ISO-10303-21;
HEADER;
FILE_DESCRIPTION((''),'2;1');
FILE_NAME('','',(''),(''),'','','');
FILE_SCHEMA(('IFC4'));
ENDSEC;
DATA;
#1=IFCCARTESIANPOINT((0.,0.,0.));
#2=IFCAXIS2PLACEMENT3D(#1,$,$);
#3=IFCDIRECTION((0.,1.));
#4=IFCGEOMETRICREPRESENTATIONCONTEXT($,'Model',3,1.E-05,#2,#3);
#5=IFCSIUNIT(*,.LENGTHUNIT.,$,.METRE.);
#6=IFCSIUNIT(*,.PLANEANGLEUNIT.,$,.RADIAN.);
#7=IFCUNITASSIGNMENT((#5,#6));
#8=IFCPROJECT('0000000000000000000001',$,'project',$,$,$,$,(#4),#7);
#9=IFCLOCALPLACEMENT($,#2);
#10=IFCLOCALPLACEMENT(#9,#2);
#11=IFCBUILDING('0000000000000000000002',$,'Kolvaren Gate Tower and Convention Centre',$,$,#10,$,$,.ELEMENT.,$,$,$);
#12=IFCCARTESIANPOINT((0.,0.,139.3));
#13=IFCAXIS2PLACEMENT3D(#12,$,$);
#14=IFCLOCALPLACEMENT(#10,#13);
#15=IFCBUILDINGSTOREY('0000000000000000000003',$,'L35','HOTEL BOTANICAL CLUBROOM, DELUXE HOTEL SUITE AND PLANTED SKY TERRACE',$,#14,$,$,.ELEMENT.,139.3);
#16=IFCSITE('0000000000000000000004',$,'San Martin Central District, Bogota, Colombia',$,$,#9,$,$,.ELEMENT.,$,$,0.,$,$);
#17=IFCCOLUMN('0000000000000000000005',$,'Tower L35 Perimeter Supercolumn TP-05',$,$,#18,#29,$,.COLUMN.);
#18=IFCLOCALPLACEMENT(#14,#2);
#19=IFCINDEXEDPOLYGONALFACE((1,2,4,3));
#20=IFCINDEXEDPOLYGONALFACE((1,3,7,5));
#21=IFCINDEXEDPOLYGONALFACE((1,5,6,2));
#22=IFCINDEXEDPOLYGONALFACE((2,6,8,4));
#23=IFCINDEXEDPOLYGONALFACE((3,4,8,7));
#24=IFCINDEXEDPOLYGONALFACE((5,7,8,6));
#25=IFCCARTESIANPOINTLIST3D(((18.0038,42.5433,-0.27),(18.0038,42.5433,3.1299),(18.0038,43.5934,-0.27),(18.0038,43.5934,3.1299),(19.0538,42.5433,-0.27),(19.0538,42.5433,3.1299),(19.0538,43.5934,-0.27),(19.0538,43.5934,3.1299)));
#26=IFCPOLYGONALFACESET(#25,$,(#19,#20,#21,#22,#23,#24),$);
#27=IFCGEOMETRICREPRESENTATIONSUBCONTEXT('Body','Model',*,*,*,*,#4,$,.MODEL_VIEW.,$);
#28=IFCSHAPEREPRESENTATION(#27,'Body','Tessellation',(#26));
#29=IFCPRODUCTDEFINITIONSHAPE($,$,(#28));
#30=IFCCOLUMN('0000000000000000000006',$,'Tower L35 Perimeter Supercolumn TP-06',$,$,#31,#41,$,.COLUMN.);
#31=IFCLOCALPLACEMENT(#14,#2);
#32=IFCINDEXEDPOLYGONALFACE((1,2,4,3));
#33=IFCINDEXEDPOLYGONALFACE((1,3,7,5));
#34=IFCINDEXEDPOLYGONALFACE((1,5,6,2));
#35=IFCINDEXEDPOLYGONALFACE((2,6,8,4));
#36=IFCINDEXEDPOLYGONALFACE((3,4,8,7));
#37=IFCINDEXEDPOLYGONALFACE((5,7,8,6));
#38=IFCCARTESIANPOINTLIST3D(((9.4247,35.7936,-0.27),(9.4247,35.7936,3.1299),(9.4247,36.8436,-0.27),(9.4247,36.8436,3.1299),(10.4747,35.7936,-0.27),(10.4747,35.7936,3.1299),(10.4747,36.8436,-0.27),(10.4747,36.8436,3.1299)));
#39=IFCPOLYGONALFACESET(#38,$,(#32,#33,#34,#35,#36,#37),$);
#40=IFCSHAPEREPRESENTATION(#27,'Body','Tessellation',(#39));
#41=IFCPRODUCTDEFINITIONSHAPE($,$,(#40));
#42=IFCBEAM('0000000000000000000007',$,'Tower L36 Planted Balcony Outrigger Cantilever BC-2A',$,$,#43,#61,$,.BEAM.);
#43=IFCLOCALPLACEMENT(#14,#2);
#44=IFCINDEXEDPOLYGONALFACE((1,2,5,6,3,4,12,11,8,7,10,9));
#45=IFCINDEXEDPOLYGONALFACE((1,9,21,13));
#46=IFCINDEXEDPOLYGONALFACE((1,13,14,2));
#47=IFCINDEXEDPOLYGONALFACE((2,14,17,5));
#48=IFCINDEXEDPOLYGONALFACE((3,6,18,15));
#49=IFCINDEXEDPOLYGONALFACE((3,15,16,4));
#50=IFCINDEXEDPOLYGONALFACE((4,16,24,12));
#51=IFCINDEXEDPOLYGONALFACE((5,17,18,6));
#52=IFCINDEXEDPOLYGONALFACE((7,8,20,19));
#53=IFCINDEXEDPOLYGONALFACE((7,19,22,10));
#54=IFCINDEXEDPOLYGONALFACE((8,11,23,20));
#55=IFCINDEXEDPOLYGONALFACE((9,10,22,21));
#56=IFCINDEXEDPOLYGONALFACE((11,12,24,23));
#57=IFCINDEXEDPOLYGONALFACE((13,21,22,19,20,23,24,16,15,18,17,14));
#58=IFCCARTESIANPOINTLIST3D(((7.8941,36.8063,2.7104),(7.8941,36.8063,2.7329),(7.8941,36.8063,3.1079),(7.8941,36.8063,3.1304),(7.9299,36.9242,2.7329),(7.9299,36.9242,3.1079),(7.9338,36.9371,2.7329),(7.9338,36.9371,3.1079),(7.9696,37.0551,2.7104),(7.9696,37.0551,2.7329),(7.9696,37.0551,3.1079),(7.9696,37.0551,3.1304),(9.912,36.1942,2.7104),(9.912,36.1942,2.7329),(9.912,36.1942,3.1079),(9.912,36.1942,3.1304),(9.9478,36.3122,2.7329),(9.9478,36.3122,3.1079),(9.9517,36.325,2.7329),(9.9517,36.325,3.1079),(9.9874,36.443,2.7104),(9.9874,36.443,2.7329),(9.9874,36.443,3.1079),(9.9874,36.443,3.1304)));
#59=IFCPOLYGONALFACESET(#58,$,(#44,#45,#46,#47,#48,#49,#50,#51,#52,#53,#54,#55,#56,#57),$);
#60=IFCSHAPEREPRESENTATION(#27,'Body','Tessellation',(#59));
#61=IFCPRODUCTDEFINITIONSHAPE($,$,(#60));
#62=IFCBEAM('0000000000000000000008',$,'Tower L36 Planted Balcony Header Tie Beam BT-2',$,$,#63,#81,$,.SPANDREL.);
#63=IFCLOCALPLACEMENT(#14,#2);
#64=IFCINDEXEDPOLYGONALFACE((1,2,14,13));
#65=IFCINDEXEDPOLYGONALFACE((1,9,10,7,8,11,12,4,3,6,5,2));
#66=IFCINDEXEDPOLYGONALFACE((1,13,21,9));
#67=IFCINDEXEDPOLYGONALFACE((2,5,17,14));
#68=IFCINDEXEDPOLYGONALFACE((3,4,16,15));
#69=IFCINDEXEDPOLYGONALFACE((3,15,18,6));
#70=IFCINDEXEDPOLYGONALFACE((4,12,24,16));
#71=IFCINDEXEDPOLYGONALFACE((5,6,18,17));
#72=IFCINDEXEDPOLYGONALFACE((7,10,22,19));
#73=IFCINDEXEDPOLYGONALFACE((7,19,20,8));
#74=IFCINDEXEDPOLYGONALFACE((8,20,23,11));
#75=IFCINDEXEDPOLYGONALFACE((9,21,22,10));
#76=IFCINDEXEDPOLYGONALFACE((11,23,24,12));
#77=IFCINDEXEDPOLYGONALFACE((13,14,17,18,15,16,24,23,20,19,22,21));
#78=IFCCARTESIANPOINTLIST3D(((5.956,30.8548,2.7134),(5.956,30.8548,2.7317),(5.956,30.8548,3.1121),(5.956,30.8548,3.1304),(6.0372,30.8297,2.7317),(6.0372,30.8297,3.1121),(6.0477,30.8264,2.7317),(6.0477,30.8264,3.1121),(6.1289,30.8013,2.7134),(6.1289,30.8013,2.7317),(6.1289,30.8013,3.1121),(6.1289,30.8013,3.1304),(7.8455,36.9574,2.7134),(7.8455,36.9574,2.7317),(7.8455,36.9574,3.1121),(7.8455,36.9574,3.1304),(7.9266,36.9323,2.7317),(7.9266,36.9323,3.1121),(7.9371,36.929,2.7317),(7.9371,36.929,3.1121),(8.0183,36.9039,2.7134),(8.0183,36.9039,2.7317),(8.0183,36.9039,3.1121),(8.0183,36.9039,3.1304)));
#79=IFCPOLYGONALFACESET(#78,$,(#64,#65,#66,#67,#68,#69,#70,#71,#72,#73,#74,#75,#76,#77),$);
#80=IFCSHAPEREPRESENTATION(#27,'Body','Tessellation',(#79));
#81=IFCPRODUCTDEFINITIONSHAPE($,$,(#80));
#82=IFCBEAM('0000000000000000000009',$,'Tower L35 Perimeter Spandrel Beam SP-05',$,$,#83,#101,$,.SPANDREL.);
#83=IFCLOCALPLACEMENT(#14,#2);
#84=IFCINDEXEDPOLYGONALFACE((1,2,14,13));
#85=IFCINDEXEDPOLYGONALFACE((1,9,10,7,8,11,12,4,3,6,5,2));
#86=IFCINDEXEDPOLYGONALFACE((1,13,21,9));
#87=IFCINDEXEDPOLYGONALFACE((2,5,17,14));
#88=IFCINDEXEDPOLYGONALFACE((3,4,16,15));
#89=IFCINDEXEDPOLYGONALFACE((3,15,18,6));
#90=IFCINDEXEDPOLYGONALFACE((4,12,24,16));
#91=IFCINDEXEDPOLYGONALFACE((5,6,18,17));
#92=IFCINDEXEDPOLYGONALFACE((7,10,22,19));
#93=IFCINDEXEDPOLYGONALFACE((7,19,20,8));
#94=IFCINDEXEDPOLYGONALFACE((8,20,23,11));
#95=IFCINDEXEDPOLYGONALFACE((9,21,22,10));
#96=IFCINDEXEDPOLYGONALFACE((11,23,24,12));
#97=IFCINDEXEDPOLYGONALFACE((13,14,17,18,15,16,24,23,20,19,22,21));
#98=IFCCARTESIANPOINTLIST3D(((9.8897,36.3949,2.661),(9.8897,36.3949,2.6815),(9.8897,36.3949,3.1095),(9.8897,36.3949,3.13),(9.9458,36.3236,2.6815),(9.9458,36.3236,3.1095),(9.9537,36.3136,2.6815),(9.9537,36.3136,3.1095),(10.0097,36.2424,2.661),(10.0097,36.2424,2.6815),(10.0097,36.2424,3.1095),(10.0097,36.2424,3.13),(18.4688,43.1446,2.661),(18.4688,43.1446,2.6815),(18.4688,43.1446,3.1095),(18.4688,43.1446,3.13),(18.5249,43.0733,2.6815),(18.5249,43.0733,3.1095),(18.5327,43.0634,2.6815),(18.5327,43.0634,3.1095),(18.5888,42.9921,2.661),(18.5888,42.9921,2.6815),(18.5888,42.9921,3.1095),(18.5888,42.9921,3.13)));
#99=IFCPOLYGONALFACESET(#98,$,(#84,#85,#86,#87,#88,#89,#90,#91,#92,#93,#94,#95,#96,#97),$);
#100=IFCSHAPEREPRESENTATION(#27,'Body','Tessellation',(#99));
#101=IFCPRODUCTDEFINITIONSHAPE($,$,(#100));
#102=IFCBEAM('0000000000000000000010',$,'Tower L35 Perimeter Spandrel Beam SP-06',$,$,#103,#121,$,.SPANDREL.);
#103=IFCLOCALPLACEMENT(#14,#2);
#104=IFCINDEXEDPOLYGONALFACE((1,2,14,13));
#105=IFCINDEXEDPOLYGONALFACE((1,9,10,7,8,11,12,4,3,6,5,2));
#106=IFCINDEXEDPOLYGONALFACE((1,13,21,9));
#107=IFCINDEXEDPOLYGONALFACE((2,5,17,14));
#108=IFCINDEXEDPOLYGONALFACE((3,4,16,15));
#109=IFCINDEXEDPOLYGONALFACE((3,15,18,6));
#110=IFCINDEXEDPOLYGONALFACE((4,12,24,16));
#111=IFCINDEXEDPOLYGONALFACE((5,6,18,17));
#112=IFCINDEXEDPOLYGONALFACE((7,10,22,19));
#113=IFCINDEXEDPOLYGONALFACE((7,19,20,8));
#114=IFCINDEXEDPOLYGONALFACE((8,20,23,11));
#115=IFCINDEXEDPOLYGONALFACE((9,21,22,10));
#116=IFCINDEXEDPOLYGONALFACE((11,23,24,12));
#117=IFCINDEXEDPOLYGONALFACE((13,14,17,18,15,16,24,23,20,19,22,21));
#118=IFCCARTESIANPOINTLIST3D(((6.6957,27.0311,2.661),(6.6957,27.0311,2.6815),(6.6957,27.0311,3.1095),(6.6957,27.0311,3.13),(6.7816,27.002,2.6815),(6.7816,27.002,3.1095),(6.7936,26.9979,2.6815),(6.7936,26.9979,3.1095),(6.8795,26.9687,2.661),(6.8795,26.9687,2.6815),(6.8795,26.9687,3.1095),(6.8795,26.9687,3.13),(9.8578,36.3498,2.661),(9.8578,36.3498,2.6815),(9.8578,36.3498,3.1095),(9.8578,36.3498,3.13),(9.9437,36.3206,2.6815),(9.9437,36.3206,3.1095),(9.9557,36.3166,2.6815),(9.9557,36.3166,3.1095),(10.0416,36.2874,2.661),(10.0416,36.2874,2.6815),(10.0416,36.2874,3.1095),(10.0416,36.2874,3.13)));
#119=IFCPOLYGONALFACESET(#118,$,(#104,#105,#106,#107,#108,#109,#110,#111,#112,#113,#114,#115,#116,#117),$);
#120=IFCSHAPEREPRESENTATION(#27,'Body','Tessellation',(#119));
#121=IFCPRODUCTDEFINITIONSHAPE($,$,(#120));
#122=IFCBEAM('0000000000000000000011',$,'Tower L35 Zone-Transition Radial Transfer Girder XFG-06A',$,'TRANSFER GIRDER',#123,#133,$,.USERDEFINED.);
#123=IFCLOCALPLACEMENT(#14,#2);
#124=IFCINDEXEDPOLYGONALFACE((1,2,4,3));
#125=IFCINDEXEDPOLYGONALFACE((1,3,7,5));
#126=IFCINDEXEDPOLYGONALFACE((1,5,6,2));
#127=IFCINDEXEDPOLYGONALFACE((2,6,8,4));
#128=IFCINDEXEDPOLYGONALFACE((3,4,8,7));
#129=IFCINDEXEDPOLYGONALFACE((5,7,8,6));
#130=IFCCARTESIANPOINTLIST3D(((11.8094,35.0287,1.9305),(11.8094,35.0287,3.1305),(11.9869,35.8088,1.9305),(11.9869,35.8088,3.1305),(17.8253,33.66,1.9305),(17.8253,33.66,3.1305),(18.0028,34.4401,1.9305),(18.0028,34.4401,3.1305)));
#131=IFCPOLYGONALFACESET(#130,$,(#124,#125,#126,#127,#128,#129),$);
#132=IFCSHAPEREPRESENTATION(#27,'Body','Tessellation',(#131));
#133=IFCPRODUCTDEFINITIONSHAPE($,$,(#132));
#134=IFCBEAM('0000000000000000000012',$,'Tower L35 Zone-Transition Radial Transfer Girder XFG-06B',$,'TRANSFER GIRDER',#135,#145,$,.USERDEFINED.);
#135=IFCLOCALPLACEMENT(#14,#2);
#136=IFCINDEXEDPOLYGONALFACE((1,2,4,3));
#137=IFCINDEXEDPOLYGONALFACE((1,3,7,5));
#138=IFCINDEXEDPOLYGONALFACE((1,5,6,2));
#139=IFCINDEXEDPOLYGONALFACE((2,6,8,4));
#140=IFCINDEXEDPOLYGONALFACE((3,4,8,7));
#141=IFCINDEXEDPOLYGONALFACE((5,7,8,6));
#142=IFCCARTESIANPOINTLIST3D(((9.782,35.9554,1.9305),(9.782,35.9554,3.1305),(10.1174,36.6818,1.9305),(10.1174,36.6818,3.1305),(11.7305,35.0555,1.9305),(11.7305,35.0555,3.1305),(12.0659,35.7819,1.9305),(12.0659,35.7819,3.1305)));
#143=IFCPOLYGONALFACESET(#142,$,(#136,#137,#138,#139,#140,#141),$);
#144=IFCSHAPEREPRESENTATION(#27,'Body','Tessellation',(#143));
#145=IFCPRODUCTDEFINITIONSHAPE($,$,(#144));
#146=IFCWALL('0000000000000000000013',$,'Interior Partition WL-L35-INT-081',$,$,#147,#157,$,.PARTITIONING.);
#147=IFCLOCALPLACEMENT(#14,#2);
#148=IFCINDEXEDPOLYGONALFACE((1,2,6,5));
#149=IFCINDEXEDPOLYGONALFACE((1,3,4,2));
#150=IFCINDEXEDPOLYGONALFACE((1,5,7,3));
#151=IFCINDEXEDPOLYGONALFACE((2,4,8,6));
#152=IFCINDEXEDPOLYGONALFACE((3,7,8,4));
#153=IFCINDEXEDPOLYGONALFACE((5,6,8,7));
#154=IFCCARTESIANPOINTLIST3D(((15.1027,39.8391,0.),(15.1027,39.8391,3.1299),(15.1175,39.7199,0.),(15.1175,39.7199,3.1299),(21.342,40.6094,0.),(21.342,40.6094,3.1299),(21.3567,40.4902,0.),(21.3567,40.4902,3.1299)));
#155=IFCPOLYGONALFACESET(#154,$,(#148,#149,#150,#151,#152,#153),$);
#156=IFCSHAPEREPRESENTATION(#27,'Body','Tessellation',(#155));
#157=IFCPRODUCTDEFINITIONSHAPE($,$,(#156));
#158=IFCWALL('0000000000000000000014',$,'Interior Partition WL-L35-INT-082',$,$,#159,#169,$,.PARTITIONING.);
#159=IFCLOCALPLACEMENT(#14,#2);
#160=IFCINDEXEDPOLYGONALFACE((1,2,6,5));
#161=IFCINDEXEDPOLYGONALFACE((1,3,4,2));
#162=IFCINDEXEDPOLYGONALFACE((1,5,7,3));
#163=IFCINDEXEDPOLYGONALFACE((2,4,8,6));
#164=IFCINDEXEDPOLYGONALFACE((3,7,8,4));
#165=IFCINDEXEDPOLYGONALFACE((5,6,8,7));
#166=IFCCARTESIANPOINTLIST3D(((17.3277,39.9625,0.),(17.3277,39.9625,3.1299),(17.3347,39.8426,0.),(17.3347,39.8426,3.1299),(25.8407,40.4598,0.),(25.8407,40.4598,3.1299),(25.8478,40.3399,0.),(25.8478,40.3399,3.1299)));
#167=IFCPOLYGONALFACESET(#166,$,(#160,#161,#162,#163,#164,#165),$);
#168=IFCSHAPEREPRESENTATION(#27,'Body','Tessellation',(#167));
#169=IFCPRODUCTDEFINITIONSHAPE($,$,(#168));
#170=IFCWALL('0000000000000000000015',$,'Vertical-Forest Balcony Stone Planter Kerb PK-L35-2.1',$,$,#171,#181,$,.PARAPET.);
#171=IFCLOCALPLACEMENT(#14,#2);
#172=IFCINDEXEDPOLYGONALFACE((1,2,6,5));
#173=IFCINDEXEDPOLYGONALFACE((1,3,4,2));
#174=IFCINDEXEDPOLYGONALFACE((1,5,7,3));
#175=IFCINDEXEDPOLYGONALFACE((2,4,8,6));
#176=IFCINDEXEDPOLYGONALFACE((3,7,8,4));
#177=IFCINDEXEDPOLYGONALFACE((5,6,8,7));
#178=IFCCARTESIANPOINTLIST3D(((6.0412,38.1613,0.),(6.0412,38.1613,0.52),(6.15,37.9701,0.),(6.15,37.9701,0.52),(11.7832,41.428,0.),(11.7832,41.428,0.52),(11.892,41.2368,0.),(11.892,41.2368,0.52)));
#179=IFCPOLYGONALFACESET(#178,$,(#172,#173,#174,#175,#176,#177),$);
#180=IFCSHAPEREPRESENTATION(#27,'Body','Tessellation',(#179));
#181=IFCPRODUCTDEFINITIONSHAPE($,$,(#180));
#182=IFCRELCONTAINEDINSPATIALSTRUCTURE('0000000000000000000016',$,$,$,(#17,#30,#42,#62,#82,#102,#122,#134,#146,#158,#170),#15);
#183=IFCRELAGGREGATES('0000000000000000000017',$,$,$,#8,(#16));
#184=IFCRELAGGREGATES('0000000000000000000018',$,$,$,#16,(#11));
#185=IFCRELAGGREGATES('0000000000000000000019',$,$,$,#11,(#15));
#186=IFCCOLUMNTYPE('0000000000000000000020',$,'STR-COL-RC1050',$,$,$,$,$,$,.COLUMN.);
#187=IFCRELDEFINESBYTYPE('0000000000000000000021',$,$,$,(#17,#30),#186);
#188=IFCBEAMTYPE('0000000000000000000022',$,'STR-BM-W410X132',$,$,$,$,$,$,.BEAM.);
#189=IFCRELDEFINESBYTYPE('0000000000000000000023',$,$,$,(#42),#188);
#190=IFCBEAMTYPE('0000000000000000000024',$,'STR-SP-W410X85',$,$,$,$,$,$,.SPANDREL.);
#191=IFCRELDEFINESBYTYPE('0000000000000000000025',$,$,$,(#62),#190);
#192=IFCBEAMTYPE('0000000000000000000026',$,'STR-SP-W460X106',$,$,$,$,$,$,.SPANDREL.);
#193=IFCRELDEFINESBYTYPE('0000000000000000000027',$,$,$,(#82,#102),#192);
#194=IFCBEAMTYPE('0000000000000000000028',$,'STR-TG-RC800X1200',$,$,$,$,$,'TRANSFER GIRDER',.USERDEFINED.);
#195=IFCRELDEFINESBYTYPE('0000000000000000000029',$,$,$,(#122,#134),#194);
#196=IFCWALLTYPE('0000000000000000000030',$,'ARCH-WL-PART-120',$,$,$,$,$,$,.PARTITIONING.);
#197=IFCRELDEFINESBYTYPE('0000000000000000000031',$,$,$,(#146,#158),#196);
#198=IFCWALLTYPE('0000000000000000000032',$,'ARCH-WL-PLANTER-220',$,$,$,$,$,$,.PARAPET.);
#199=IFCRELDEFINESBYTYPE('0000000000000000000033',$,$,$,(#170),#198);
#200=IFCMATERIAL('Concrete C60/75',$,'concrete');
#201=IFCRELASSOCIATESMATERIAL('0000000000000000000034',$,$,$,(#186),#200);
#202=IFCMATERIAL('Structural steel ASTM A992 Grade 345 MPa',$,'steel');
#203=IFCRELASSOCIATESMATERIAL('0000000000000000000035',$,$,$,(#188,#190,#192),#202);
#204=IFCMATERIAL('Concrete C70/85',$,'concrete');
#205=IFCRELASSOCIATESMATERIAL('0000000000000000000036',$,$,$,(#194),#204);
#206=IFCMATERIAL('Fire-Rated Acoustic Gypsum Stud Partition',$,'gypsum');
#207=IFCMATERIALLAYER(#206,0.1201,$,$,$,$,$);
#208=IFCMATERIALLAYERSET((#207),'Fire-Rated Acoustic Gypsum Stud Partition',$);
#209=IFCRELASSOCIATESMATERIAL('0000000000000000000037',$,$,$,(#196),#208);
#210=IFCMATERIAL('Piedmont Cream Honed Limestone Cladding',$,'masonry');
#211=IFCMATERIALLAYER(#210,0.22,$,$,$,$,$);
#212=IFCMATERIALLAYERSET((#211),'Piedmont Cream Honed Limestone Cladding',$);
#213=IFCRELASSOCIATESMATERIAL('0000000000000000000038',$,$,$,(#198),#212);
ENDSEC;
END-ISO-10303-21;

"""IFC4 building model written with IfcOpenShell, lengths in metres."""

from ifc_helpers import new_model, si_unit, direction, frame, frame_2d, origin, origin_2d, place, context, subcontext, project, spatial, rectangle, i_section, extrude, material, layer, layer_set, material_profile, profile_set, type_object, element, save


model = new_model("IFC4")

# Units and contexts
model_context = context("Model", 3, precision=1e-05, world=origin(), true_north=direction((0.0, 1.0)))
body_context = subcontext(model_context, "Body", "Model", "MODEL_VIEW")
ifc_project = project(units=[si_unit("LENGTHUNIT", "METRE"), si_unit("PLANEANGLEUNIT", "RADIAN")], contexts=[model_context])

# Site, building, storey
site_placement = place(None, origin())
site = spatial("IfcSite", under=ifc_project, at=site_placement, Name="San Martin Central District, Bogota, Colombia", CompositionType="ELEMENT", RefElevation=0.0)
building_placement = place(site_placement, origin())
building = spatial("IfcBuilding", under=site, at=building_placement, Name="Kolvaren Gate Tower and Convention Centre", CompositionType="ELEMENT")
storey_placement = place(building_placement, frame((0.0, 0.0, 139.3)))
storey = spatial("IfcBuildingStorey", under=building, at=storey_placement, Name="L35", Description="HOTEL BOTANICAL CLUBROOM, DELUXE HOTEL SUITE AND PLANTED SKY TERRACE", CompositionType="ELEMENT", Elevation=139.3)

# Columns
ifc_material_1 = material(Name="Concrete C60/75", Category="concrete")
ifc_material_profile_1 = material_profile(ifc_material_1, rectangle(XDim=1.05, YDim=1.05, at=origin_2d()), Name="RC-COL-1050X1050")
ifc_profile_set_1 = profile_set([ifc_material_profile_1], Name="Concrete C60/75")
column_type = type_object("IfcColumnType", Name="STR-COL-RC1050", PredefinedType="COLUMN", material=ifc_profile_set_1)
for number, where, z_axis, x_axis, name in (
    (1, (18.5288, 43.0684, -0.27), (0.0, 0.0, 1.0), (1.0, 0.0, 0.0), "Tower L35 Perimeter Supercolumn TP-05"),
    (2, (9.9497, 36.3186, -0.27), (0.0, 0.0, 1.0), (1.0, 0.0, 0.0), "Tower L35 Perimeter Supercolumn TP-06"),
):
    element("IfcColumn", number, at=place(storey_placement, frame(where, z_axis=z_axis, x_axis=x_axis)), inside=storey, type_object=column_type, Name=name, PredefinedType="COLUMN", context=body_context, shape_type="SweptSolid", body=[
        extrude(rectangle(XDim=1.05, YDim=1.05, at=origin_2d()), origin(), (0.0, 0.0, 1.0), 3.3999),
    ])

# Beams
ifc_material_2 = material(Name="Structural steel ASTM A992 Grade 345 MPa", Category="steel")
ifc_material_profile_2 = material_profile(ifc_material_2, i_section(OverallWidth=0.26, OverallDepth=0.4199, WebThickness=0.0134, FlangeThickness=0.0225, at=origin_2d()), Name="W410X132")
ifc_profile_set_2 = profile_set([ifc_material_profile_2], Name="Structural steel ASTM A992 Grade 345 MPa")
beam_type_1 = type_object("IfcBeamType", Name="STR-BM-W410X132", PredefinedType="BEAM", material=ifc_profile_set_2)
beam_1_placement = place(storey_placement, frame((9.9497, 36.3186, 2.9204), z_axis=(-0.956945, 0.290268, 0.0), x_axis=(-0.290268, -0.956945, 0.0)))
element("IfcBeam", 3, at=beam_1_placement, inside=storey, type_object=beam_type_1, Name="Tower L36 Planted Balcony Outrigger Cantilever BC-2A", PredefinedType="BEAM", context=body_context, shape_type="SweptSolid", body=[
    extrude(i_section(OverallWidth=0.26, OverallDepth=0.4199, WebThickness=0.0134, FlangeThickness=0.0225, at=origin_2d()), origin(), (0.0, 0.0, 1.0), 2.1086),
])
ifc_material_profile_3 = material_profile(ifc_material_2, i_section(OverallWidth=0.1809, OverallDepth=0.417, WebThickness=0.011, FlangeThickness=0.0183, at=origin_2d()), Name="W410X85")
ifc_profile_set_3 = profile_set([ifc_material_profile_3], Name="Structural steel ASTM A992 Grade 345 MPa")
beam_type_2 = type_object("IfcBeamType", Name="STR-SP-W410X85", PredefinedType="SPANDREL", material=ifc_profile_set_3)
beam_2_placement = place(storey_placement, frame((7.9319, 36.9307, 2.9219), z_axis=(-0.295758, -0.955263, 0.0), x_axis=(0.955263, -0.295758, 0.0)))
element("IfcBeam", 4, at=beam_2_placement, inside=storey, type_object=beam_type_2, Name="Tower L36 Planted Balcony Header Tie Beam BT-2", PredefinedType="SPANDREL", context=body_context, shape_type="SweptSolid", body=[
    extrude(i_section(OverallWidth=0.1809, OverallDepth=0.417, WebThickness=0.011, FlangeThickness=0.0183, at=origin_2d()), origin(), (0.0, 0.0, 1.0), 6.3884),
])
ifc_material_profile_4 = material_profile(ifc_material_2, i_section(OverallWidth=0.1941, OverallDepth=0.469, WebThickness=0.0127, FlangeThickness=0.0205, at=origin_2d()), Name="W460X106")
ifc_profile_set_4 = profile_set([ifc_material_profile_4], Name="Structural steel ASTM A992 Grade 345 MPa")
beam_type_3 = type_object("IfcBeamType", Name="STR-SP-W460X106", PredefinedType="SPANDREL", material=ifc_profile_set_4)
beam_3_placement = place(storey_placement, frame((18.5288, 43.0684, 2.8955), z_axis=(-0.785916, -0.618333, 0.0), x_axis=(0.618333, -0.785916, 0.0)))
element("IfcBeam", 5, at=beam_3_placement, inside=storey, type_object=beam_type_3, Name="Tower L35 Perimeter Spandrel Beam SP-05", PredefinedType="SPANDREL", context=body_context, shape_type="SweptSolid", body=[
    extrude(i_section(OverallWidth=0.1941, OverallDepth=0.469, WebThickness=0.0127, FlangeThickness=0.0205, at=origin_2d()), origin(), (0.0, 0.0, 1.0), 10.916),
])
beam_4_placement = place(storey_placement, frame((9.9497, 36.3186, 2.8955), z_axis=(-0.321336, -0.946965, 0.0), x_axis=(0.946965, -0.321336, 0.0)))
element("IfcBeam", 6, at=beam_4_placement, inside=storey, type_object=beam_type_3, Name="Tower L35 Perimeter Spandrel Beam SP-06", PredefinedType="SPANDREL", context=body_context, shape_type="SweptSolid", body=[
    extrude(i_section(OverallWidth=0.1941, OverallDepth=0.469, WebThickness=0.0127, FlangeThickness=0.0205, at=origin_2d()), origin(), (0.0, 0.0, 1.0), 9.8406),
])
ifc_material_3 = material(Name="Concrete C70/85", Category="concrete")
ifc_material_profile_5 = material_profile(ifc_material_3, rectangle(XDim=0.8, YDim=1.2, at=origin_2d()), Name="RC-BM-800X1200")
ifc_profile_set_5 = profile_set([ifc_material_profile_5], Name="Concrete C70/85")
beam_type_4 = type_object("IfcBeamType", Name="STR-TG-RC800X1200", ElementType="TRANSFER GIRDER", PredefinedType="USERDEFINED", material=ifc_profile_set_5)
beam_5_placement = place(storey_placement, frame((17.9141, 34.05, 2.5305), z_axis=(-0.975083, 0.221838, 0.0), x_axis=(-0.221838, -0.975083, 0.0)))
element("IfcBeam", 7, at=beam_5_placement, inside=storey, type_object=beam_type_4, Name="Tower L35 Zone-Transition Radial Transfer Girder XFG-06A", ObjectType="TRANSFER GIRDER", PredefinedType="USERDEFINED", context=body_context, shape_type="SweptSolid", body=[
    extrude(rectangle(XDim=0.8, YDim=1.2, at=origin_2d()), origin(), (0.0, 0.0, 1.0), 6.1697),
])
beam_6_placement = place(storey_placement, frame((11.8982, 35.4187, 2.5305), z_axis=(-0.907853, 0.419289, 0.0), x_axis=(-0.419289, -0.907853, 0.0)))
element("IfcBeam", 8, at=beam_6_placement, inside=storey, type_object=beam_type_4, Name="Tower L35 Zone-Transition Radial Transfer Girder XFG-06B", ObjectType="TRANSFER GIRDER", PredefinedType="USERDEFINED", context=body_context, shape_type="SweptSolid", body=[
    extrude(rectangle(XDim=0.8, YDim=1.2, at=origin_2d()), origin(), (0.0, 0.0, 1.0), 2.1462),
])

# Walls
ifc_material_4 = material(Name="Fire-Rated Acoustic Gypsum Stud Partition", Category="gypsum")
ifc_layer_1 = layer(ifc_material_4, 0.1201)
ifc_layer_set_1 = layer_set([ifc_layer_1], Name="Fire-Rated Acoustic Gypsum Stud Partition")
wall_type_1 = type_object("IfcWallType", Name="ARCH-WL-PART-120", PredefinedType="PARTITIONING", material=ifc_layer_set_1)
wall_1_placement = place(storey_placement, frame((15.1101, 39.7795, 0.0), z_axis=(0.0, 0.0, 1.0), x_axis=(0.992466, 0.122524, 0.0)))
element("IfcWall", 9, at=wall_1_placement, inside=storey, type_object=wall_type_1, Name="Interior Partition WL-L35-INT-081", PredefinedType="PARTITIONING", context=body_context, shape_type="SweptSolid", body=[
    extrude(rectangle(XDim=6.2866, YDim=0.1201, at=frame_2d((3.1433, 0.0))), origin(), (0.0, 0.0, 1.0), 3.1299),
])
wall_2_placement = place(storey_placement, frame((17.3313, 39.9026, 0.0), z_axis=(0.0, 0.0, 1.0), x_axis=(0.998298, 0.058318, 0.0)))
element("IfcWall", 10, at=wall_2_placement, inside=storey, type_object=wall_type_1, Name="Interior Partition WL-L35-INT-082", PredefinedType="PARTITIONING", context=body_context, shape_type="SweptSolid", body=[
    extrude(rectangle(XDim=8.5276, YDim=0.1201, at=frame_2d((4.2637, 0.0))), origin(), (0.0, 0.0, 1.0), 3.1299),
])
ifc_material_5 = material(Name="Piedmont Cream Honed Limestone Cladding", Category="masonry")
ifc_layer_2 = layer(ifc_material_5, 0.22)
ifc_layer_set_2 = layer_set([ifc_layer_2], Name="Piedmont Cream Honed Limestone Cladding")
wall_type_2 = type_object("IfcWallType", Name="ARCH-WL-PLANTER-220", PredefinedType="PARAPET", material=ifc_layer_set_2)
wall_3_placement = place(storey_placement, frame((6.0955, 38.0657, 0.0), z_axis=(0.0, 0.0, 1.0), x_axis=(0.869188, 0.494482, 0.0)))
element("IfcWall", 11, at=wall_3_placement, inside=storey, type_object=wall_type_2, Name="Vertical-Forest Balcony Stone Planter Kerb PK-L35-2.1", PredefinedType="PARAPET", context=body_context, shape_type="SweptSolid", body=[
    extrude(rectangle(XDim=6.6062, YDim=0.22, at=frame_2d((3.3032, 0.0))), origin(), (0.0, 0.0, 1.0), 0.52),
])

save(model, "model.ifc")
